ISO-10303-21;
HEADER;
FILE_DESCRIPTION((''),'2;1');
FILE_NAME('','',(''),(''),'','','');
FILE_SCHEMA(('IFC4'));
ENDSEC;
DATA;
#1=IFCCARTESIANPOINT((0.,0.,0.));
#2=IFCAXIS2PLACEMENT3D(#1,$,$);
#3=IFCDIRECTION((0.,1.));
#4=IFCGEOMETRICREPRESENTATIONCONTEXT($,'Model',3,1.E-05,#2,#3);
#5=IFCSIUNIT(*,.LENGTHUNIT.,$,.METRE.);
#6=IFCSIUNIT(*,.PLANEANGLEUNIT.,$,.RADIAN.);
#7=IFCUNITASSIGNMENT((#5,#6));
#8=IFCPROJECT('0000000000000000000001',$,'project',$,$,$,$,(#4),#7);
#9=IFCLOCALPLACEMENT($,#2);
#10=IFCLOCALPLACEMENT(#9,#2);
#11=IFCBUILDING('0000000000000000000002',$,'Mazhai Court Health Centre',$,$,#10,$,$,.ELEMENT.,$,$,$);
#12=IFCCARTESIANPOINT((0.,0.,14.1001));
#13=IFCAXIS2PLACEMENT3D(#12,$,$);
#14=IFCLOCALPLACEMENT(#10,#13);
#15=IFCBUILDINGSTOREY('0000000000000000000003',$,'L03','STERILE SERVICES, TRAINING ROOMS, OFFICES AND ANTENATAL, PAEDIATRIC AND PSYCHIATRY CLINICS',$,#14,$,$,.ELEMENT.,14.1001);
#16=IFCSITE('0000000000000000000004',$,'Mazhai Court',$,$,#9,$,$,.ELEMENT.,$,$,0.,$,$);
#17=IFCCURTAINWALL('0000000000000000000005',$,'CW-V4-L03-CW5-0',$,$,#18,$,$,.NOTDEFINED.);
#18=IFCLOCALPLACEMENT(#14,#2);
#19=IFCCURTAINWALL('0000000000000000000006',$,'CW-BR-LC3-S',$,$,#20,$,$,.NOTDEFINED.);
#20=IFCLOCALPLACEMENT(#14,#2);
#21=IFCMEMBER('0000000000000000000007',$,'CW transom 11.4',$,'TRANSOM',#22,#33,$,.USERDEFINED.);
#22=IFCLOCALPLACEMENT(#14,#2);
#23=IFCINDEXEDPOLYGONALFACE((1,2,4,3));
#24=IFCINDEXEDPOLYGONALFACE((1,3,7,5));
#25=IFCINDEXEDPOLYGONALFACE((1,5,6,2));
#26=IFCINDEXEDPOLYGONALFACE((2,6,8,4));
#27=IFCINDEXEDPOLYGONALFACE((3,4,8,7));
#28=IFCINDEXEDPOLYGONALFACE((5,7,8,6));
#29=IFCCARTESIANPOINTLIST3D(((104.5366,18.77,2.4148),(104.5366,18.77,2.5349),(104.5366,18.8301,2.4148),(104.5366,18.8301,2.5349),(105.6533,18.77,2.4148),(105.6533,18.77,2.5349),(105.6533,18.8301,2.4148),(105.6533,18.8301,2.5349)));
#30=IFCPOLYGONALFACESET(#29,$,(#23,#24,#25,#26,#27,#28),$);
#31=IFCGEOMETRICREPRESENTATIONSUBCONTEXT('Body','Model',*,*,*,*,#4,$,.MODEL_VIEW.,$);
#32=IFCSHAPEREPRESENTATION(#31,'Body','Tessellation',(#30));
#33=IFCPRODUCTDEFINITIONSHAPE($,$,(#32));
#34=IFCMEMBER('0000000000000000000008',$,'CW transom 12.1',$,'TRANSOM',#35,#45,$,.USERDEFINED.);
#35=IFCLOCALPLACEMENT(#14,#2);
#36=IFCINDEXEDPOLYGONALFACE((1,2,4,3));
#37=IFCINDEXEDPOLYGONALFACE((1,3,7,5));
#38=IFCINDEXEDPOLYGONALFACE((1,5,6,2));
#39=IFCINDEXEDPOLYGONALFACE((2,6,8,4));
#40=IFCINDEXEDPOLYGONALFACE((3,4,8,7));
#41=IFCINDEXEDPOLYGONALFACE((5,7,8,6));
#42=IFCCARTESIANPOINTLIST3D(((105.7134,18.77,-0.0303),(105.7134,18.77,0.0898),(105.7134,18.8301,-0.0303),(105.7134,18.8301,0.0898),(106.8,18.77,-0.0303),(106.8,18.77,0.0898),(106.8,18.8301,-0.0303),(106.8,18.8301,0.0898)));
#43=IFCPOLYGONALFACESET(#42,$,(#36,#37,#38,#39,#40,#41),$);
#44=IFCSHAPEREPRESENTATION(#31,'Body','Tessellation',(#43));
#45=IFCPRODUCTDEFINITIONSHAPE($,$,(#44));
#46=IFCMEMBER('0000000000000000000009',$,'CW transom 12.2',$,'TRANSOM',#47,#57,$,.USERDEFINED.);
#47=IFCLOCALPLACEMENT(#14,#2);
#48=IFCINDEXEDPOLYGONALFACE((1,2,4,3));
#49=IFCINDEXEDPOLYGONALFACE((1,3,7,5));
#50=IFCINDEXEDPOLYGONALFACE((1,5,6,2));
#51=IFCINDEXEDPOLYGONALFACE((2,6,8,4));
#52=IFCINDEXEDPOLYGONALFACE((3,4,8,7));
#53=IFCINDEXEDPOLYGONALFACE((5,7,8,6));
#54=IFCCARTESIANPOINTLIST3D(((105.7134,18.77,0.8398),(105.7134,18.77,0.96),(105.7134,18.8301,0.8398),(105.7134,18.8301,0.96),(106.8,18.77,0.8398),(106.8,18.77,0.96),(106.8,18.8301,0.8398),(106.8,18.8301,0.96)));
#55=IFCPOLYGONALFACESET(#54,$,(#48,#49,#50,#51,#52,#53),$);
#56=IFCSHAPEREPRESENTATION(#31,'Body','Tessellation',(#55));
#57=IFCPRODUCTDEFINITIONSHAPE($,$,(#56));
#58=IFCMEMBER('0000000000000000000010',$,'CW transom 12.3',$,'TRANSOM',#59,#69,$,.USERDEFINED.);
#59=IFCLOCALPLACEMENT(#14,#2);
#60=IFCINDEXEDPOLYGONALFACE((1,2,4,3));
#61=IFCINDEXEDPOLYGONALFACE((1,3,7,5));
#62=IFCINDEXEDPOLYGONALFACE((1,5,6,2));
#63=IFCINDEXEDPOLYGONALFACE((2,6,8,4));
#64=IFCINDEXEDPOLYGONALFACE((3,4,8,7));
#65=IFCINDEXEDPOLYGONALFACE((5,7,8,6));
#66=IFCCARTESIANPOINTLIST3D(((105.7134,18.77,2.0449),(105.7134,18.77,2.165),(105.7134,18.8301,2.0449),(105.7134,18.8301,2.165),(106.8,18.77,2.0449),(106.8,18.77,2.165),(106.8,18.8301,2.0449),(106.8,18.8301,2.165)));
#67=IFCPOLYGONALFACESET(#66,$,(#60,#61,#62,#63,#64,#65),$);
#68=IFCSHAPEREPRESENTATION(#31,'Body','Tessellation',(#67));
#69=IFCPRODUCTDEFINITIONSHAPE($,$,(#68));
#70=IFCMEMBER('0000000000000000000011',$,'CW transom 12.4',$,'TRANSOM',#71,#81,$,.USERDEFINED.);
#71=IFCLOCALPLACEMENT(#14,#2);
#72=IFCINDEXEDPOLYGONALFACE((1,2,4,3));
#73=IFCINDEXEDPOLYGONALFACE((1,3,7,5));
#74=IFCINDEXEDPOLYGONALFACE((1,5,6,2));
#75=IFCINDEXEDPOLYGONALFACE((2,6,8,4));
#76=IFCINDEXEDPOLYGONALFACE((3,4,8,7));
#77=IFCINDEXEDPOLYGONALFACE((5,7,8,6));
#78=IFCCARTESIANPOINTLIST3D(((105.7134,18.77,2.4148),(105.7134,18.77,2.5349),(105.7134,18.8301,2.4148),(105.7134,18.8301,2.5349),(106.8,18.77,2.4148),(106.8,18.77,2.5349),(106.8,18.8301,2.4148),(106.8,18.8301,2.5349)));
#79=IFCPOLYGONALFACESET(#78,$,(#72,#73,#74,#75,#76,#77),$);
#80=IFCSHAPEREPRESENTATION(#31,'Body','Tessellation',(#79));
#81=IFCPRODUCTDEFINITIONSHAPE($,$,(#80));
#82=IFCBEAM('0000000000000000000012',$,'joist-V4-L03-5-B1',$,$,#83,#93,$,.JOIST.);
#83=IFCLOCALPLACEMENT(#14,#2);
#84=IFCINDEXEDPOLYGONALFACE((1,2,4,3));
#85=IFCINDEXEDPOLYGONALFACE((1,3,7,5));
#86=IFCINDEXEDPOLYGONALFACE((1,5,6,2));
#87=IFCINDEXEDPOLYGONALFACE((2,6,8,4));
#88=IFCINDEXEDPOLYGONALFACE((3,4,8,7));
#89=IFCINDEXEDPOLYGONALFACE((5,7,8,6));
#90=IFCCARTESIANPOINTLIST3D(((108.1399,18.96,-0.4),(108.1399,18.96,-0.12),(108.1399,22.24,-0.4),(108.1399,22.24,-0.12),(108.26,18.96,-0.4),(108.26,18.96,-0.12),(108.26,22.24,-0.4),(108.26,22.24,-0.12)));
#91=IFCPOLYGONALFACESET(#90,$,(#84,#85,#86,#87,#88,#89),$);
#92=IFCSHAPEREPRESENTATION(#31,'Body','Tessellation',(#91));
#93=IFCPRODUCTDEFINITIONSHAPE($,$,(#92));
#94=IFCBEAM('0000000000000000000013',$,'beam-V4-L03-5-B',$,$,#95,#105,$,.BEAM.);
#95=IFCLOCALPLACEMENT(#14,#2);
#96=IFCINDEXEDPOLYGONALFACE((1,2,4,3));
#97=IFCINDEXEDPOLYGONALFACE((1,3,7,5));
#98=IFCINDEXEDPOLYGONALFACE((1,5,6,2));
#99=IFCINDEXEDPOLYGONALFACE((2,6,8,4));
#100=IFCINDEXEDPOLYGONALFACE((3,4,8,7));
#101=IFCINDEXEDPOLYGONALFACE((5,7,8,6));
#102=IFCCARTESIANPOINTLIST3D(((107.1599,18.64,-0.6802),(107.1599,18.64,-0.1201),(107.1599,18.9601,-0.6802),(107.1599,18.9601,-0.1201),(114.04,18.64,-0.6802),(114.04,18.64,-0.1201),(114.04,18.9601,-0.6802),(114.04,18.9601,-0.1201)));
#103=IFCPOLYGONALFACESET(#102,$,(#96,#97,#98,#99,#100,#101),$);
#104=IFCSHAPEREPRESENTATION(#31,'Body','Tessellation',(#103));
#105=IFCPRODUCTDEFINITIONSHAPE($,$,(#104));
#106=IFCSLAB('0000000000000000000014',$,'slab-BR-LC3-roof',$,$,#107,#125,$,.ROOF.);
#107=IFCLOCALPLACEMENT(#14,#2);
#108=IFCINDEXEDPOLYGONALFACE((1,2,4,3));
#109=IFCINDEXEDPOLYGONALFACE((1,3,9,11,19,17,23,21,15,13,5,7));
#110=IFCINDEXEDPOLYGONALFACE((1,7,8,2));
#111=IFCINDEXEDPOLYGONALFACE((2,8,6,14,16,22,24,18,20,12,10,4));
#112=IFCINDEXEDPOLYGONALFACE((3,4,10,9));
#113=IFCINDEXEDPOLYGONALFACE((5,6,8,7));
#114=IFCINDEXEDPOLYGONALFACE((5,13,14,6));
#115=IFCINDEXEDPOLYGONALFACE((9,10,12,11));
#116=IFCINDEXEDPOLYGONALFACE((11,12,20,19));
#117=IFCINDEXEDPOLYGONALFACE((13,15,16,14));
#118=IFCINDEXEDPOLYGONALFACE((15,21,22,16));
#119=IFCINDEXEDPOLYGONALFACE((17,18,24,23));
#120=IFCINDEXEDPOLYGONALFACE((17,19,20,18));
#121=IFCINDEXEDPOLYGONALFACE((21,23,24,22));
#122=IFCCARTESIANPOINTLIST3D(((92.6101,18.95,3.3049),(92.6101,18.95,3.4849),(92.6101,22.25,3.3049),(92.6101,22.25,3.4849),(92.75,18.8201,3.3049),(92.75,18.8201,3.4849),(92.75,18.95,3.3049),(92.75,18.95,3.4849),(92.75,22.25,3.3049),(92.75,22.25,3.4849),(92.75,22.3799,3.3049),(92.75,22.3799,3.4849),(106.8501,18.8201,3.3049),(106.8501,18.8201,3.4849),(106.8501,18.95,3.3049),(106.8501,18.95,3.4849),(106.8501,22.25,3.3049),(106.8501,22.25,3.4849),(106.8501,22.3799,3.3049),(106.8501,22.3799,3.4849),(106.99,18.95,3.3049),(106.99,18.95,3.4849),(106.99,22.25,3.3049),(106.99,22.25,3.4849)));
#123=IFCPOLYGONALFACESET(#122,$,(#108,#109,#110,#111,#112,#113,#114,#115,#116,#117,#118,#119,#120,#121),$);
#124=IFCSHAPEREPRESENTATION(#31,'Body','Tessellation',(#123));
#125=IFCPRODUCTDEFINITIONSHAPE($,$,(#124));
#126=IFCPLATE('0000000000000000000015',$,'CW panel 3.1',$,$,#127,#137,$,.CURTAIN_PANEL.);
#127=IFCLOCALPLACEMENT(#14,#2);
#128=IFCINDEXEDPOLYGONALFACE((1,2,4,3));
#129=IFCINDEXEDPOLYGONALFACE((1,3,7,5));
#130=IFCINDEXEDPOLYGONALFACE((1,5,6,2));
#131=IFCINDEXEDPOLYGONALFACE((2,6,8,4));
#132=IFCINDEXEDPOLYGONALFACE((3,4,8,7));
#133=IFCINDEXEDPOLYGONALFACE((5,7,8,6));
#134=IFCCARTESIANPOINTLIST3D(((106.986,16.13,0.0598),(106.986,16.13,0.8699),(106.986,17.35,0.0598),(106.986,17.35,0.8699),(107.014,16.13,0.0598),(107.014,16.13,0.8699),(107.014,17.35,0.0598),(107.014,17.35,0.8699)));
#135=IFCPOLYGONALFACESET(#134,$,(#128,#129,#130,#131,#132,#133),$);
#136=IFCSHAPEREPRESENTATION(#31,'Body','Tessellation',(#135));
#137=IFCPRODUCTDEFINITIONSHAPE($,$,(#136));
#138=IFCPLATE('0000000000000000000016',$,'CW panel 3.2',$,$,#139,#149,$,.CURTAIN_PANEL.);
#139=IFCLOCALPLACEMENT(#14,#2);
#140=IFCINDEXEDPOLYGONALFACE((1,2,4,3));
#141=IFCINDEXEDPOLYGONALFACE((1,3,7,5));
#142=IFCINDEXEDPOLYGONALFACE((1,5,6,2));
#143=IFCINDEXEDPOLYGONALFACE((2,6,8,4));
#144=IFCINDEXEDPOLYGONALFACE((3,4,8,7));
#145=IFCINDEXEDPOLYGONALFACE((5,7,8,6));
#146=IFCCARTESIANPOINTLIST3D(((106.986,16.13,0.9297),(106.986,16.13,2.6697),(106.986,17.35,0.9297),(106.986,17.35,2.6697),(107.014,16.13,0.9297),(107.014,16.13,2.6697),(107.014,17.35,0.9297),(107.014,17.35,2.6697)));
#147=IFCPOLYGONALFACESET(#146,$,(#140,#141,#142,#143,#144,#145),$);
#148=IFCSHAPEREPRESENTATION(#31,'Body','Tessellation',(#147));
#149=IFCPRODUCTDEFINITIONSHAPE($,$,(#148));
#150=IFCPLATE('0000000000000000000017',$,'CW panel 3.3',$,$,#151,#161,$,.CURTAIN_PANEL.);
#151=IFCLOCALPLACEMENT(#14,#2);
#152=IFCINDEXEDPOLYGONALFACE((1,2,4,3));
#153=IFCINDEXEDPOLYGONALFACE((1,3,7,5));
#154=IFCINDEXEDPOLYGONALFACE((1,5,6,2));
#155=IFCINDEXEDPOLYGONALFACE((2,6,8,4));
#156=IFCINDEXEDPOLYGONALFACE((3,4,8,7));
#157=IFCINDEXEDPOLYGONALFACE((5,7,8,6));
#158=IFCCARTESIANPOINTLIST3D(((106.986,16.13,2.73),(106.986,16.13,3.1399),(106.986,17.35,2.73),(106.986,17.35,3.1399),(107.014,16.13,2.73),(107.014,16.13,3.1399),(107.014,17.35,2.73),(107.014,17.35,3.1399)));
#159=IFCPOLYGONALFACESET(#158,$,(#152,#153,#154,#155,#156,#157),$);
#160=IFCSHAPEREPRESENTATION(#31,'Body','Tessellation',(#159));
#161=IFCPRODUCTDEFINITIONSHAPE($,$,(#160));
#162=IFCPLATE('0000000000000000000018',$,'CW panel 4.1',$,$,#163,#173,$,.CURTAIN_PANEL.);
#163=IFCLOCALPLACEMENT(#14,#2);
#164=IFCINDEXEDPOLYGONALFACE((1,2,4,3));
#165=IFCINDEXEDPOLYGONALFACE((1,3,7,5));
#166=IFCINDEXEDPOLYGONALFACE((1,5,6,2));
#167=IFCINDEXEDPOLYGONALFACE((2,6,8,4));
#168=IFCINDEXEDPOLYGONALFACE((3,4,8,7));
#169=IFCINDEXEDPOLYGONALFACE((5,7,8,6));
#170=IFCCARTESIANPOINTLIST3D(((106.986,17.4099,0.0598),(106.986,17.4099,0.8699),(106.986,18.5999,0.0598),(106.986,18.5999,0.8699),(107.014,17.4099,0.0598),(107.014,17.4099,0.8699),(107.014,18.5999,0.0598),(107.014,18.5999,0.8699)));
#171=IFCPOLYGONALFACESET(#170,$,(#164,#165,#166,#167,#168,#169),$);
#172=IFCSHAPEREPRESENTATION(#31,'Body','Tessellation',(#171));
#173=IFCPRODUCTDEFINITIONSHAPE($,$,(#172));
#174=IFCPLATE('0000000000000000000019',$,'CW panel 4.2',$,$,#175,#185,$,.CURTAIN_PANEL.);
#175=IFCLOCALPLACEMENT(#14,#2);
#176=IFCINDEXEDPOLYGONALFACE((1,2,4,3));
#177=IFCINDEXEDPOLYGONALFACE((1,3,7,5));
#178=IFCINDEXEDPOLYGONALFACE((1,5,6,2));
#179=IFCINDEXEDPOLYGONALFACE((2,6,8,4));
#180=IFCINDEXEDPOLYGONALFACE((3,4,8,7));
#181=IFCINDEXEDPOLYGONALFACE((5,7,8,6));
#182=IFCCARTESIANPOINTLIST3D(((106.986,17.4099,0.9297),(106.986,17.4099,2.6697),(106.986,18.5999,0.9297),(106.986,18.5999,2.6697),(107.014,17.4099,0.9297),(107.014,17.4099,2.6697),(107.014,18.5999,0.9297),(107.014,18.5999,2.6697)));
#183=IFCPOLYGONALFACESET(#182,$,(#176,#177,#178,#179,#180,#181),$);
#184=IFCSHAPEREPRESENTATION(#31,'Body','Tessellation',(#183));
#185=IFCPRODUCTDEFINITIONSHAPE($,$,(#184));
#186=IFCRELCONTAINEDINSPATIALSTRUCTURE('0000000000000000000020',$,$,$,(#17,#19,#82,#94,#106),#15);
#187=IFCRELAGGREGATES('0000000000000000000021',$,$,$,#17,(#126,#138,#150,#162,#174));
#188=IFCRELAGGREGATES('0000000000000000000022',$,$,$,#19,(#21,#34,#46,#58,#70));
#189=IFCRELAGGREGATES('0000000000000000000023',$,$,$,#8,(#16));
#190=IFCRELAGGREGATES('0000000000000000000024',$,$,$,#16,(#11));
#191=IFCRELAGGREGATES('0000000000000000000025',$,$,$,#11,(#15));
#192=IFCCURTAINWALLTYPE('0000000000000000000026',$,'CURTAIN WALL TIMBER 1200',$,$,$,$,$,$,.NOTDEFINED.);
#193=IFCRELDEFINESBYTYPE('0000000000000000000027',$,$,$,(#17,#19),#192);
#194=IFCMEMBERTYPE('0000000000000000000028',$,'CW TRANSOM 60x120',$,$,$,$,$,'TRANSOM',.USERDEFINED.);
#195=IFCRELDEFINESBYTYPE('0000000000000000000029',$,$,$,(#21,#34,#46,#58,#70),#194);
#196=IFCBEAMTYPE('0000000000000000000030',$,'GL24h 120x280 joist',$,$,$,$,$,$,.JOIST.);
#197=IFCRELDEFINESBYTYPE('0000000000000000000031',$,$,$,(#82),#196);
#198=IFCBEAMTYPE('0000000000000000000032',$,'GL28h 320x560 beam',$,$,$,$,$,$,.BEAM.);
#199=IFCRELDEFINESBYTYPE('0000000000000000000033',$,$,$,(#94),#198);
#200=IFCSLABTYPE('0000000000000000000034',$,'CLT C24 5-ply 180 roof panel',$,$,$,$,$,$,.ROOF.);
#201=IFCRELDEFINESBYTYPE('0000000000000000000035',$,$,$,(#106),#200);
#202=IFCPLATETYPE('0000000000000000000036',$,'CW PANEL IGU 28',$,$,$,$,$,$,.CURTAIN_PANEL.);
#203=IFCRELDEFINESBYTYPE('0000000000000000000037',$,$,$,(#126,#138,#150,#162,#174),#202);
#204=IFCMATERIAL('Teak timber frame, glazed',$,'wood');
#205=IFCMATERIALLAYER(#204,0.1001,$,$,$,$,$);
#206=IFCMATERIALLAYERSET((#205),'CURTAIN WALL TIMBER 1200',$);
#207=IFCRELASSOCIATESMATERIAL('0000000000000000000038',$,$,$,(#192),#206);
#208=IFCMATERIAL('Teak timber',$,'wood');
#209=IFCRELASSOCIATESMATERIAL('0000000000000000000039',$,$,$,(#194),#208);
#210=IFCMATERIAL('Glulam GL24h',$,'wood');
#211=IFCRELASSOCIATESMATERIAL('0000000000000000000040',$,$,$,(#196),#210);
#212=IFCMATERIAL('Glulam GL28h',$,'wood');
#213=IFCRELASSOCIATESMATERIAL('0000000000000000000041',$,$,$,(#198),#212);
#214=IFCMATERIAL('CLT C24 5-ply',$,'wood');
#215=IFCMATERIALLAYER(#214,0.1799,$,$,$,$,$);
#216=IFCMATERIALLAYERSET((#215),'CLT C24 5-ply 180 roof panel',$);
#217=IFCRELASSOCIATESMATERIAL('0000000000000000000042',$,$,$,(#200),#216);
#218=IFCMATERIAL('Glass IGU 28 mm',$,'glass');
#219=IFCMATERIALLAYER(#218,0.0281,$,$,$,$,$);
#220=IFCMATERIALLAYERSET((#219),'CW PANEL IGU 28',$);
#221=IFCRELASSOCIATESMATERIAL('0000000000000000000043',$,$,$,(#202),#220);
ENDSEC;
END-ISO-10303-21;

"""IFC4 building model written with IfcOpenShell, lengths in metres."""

from ifc_helpers import new_model, si_unit, direction, frame, origin, origin_2d, place, context, subcontext, project, spatial, polyline, rectangle, outline, extrude, material, layer, layer_set, material_profile, profile_set, type_object, element, aggregate, save


model = new_model("IFC4")

# Units and contexts
model_context = context("Model", 3, precision=1e-05, world=origin(), true_north=direction((0.0, 1.0)))
body_context = subcontext(model_context, "Body", "Model", "MODEL_VIEW")
ifc_project = project(units=[si_unit("LENGTHUNIT", "METRE"), si_unit("PLANEANGLEUNIT", "RADIAN")], contexts=[model_context])

# Site, building, storey
site_placement = place(None, origin())
site = spatial("IfcSite", under=ifc_project, at=site_placement, Name="Mazhai Court", CompositionType="ELEMENT", RefElevation=0.0)
building_placement = place(site_placement, origin())
building = spatial("IfcBuilding", under=site, at=building_placement, Name="Mazhai Court Health Centre", CompositionType="ELEMENT")
storey_placement = place(building_placement, frame((0.0, 0.0, 14.1001)))
storey = spatial("IfcBuildingStorey", under=building, at=storey_placement, Name="L03", Description="STERILE SERVICES, TRAINING ROOMS, OFFICES AND ANTENATAL, PAEDIATRIC AND PSYCHIATRY CLINICS", CompositionType="ELEMENT", Elevation=14.1001)

# Curtain walls
ifc_material_1 = material(Name="Teak timber frame, glazed", Category="wood")
ifc_layer_1 = layer(ifc_material_1, 0.1001)
ifc_layer_set_1 = layer_set([ifc_layer_1], Name="CURTAIN WALL TIMBER 1200")
curtain_wall_type = type_object("IfcCurtainWallType", Name="CURTAIN WALL TIMBER 1200", PredefinedType="NOTDEFINED", material=ifc_layer_set_1)
curtain_wall_1_placement = place(storey_placement, origin())
curtain_wall_1 = element("IfcCurtainWall", 1, at=curtain_wall_1_placement, inside=storey, type_object=curtain_wall_type, Name="CW-V4-L03-CW5-0", PredefinedType="NOTDEFINED")
curtain_wall_2_placement = place(storey_placement, origin())
curtain_wall_2 = element("IfcCurtainWall", 2, at=curtain_wall_2_placement, inside=storey, type_object=curtain_wall_type, Name="CW-BR-LC3-S", PredefinedType="NOTDEFINED")

# Members
ifc_material_2 = material(Name="Teak timber", Category="wood")
ifc_material_profile_1 = material_profile(ifc_material_2, rectangle(XDim=0.0601, YDim=0.1201, at=origin_2d()), Name="CW TRANSOM 60x120")
ifc_profile_set_1 = profile_set([ifc_material_profile_1], Name="Teak timber")
member_type_1 = type_object("IfcMemberType", Name="CW TRANSOM 60x120", ElementType="TRANSOM", PredefinedType="USERDEFINED", material=ifc_profile_set_1)
member_1_placement = place(storey_placement, frame((104.5366, 18.8, 2.4749), z_axis=(1.0, 0.0, 0.0), x_axis=(0.0, 1.0, 0.0)))
member_1 = element("IfcMember", 3, at=member_1_placement, type_object=member_type_1, Name="CW transom 11.4", ObjectType="TRANSOM", PredefinedType="USERDEFINED", context=body_context, shape_type="SweptSolid", body=[
    extrude(rectangle(XDim=0.0601, YDim=0.1201, at=origin_2d()), origin(), (0.0, 0.0, 1.0), 1.1167),
])
member_2_placement = place(storey_placement, frame((105.7134, 18.8, 0.0298), z_axis=(1.0, 0.0, 0.0), x_axis=(0.0, 1.0, 0.0)))
member_2 = element("IfcMember", 4, at=member_2_placement, type_object=member_type_1, Name="CW transom 12.1", ObjectType="TRANSOM", PredefinedType="USERDEFINED", context=body_context, shape_type="SweptSolid", body=[
    extrude(rectangle(XDim=0.0601, YDim=0.1201, at=origin_2d()), origin(), (0.0, 0.0, 1.0), 1.0867),
])
member_3_placement = place(storey_placement, frame((105.7134, 18.8, 0.8999), z_axis=(1.0, 0.0, 0.0), x_axis=(0.0, 1.0, 0.0)))
member_3 = element("IfcMember", 5, at=member_3_placement, type_object=member_type_1, Name="CW transom 12.2", ObjectType="TRANSOM", PredefinedType="USERDEFINED", context=body_context, shape_type="SweptSolid", body=[
    extrude(rectangle(XDim=0.0601, YDim=0.1201, at=origin_2d()), origin(), (0.0, 0.0, 1.0), 1.0867),
])
member_4_placement = place(storey_placement, frame((105.7134, 18.8, 2.105), z_axis=(1.0, 0.0, 0.0), x_axis=(0.0, 1.0, 0.0)))
member_4 = element("IfcMember", 6, at=member_4_placement, type_object=member_type_1, Name="CW transom 12.3", ObjectType="TRANSOM", PredefinedType="USERDEFINED", context=body_context, shape_type="SweptSolid", body=[
    extrude(rectangle(XDim=0.0601, YDim=0.1201, at=origin_2d()), origin(), (0.0, 0.0, 1.0), 1.0867),
])
member_5_placement = place(storey_placement, frame((105.7134, 18.8, 2.4749), z_axis=(1.0, 0.0, 0.0), x_axis=(0.0, 1.0, 0.0)))
member_5 = element("IfcMember", 7, at=member_5_placement, type_object=member_type_1, Name="CW transom 12.4", ObjectType="TRANSOM", PredefinedType="USERDEFINED", context=body_context, shape_type="SweptSolid", body=[
    extrude(rectangle(XDim=0.0601, YDim=0.1201, at=origin_2d()), origin(), (0.0, 0.0, 1.0), 1.0867),
])

# Beams
ifc_material_3 = material(Name="Glulam GL24h", Category="wood")
ifc_material_profile_2 = material_profile(ifc_material_3, rectangle(XDim=0.1201, YDim=0.28, at=origin_2d()), Name="GL24h 120x280")
ifc_profile_set_2 = profile_set([ifc_material_profile_2], Name="Glulam GL24h")
beam_type_1 = type_object("IfcBeamType", Name="GL24h 120x280 joist", PredefinedType="JOIST", material=ifc_profile_set_2)
beam_1_placement = place(storey_placement, frame((108.2, 18.96, -0.26), z_axis=(0.0, 1.0, 0.0), x_axis=(-1.0, 0.0, 0.0)))
element("IfcBeam", 8, at=beam_1_placement, inside=storey, type_object=beam_type_1, Name="joist-V4-L03-5-B1", PredefinedType="JOIST", context=body_context, shape_type="SweptSolid", body=[
    extrude(rectangle(XDim=0.1201, YDim=0.28, at=origin_2d()), origin(), (0.0, 0.0, 1.0), 3.28),
])
ifc_material_4 = material(Name="Glulam GL28h", Category="wood")
ifc_material_profile_3 = material_profile(ifc_material_4, rectangle(XDim=0.3201, YDim=0.5601, at=origin_2d()), Name="GL28h 320x560")
ifc_profile_set_3 = profile_set([ifc_material_profile_3], Name="Glulam GL28h")
beam_type_2 = type_object("IfcBeamType", Name="GL28h 320x560 beam", PredefinedType="BEAM", material=ifc_profile_set_3)
beam_2_placement = place(storey_placement, frame((107.1599, 18.8, -0.4001), z_axis=(1.0, 0.0, 0.0), x_axis=(0.0, 1.0, 0.0)))
element("IfcBeam", 9, at=beam_2_placement, inside=storey, type_object=beam_type_2, Name="beam-V4-L03-5-B", PredefinedType="BEAM", context=body_context, shape_type="SweptSolid", body=[
    extrude(rectangle(XDim=0.3201, YDim=0.5601, at=origin_2d()), origin(), (0.0, 0.0, 1.0), 6.8801),
])

# Slab
ifc_material_5 = material(Name="CLT C24 5-ply", Category="wood")
ifc_layer_2 = layer(ifc_material_5, 0.1799)
ifc_layer_set_2 = layer_set([ifc_layer_2], Name="CLT C24 5-ply 180 roof panel")
slab_type = type_object("IfcSlabType", Name="CLT C24 5-ply 180 roof panel", PredefinedType="ROOF", material=ifc_layer_set_2)
slab_placement = place(storey_placement, frame((106.99, 18.95, 3.4849), z_axis=(0.0, 0.0, 1.0), x_axis=(0.0, 1.0, 0.0)))
element("IfcSlab", 10, at=slab_placement, inside=storey, type_object=slab_type, Name="slab-BR-LC3-roof", PredefinedType="ROOF", context=body_context, shape_type="SweptSolid", body=[
    extrude(outline(polyline([(0.0, 0.0), (3.3, 0.0), (3.3, 0.1399), (3.4299, 0.1399), (3.4299, 14.24), (3.3, 14.24), (3.3, 14.3799), (0.0, 14.3799), (0.0, 14.24), (-0.1299, 14.24), (-0.1299, 0.1399), (0.0, 0.1399), (0.0, 0.0)])), origin(), (0.0, 0.0, -1.0), 0.1799),
])

# Plates
ifc_material_6 = material(Name="Glass IGU 28 mm", Category="glass")
ifc_layer_3 = layer(ifc_material_6, 0.0281)
ifc_layer_set_3 = layer_set([ifc_layer_3], Name="CW PANEL IGU 28")
plate_type = type_object("IfcPlateType", Name="CW PANEL IGU 28", PredefinedType="CURTAIN_PANEL", material=ifc_layer_set_3)
plate_1_placement = place(storey_placement, frame((107.0, 16.74, 0.0598), z_axis=(0.0, 0.0, 1.0), x_axis=(0.0, 1.0, 0.0)))
plate_1 = element("IfcPlate", 11, at=plate_1_placement, type_object=plate_type, Name="CW panel 3.1", PredefinedType="CURTAIN_PANEL", context=body_context, shape_type="SweptSolid", body=[
    extrude(rectangle(XDim=1.22, YDim=0.0281, at=origin_2d()), origin(), (0.0, 0.0, 1.0), 0.8101),
])
plate_2_placement = place(storey_placement, frame((107.0, 16.74, 0.9297), z_axis=(0.0, 0.0, 1.0), x_axis=(0.0, 1.0, 0.0)))
plate_2 = element("IfcPlate", 12, at=plate_2_placement, type_object=plate_type, Name="CW panel 3.2", PredefinedType="CURTAIN_PANEL", context=body_context, shape_type="SweptSolid", body=[
    extrude(rectangle(XDim=1.22, YDim=0.0281, at=origin_2d()), origin(), (0.0, 0.0, 1.0), 1.74),
])
plate_3_placement = place(storey_placement, frame((107.0, 16.74, 2.73), z_axis=(0.0, 0.0, 1.0), x_axis=(0.0, 1.0, 0.0)))
plate_3 = element("IfcPlate", 13, at=plate_3_placement, type_object=plate_type, Name="CW panel 3.3", PredefinedType="CURTAIN_PANEL", context=body_context, shape_type="SweptSolid", body=[
    extrude(rectangle(XDim=1.22, YDim=0.0281, at=origin_2d()), origin(), (0.0, 0.0, 1.0), 0.4099),
])
plate_4_placement = place(storey_placement, frame((107.0, 18.0049, 0.0598), z_axis=(0.0, 0.0, 1.0), x_axis=(0.0, 1.0, 0.0)))
plate_4 = element("IfcPlate", 14, at=plate_4_placement, type_object=plate_type, Name="CW panel 4.1", PredefinedType="CURTAIN_PANEL", context=body_context, shape_type="SweptSolid", body=[
    extrude(rectangle(XDim=1.1899, YDim=0.0281, at=origin_2d()), origin(), (0.0, 0.0, 1.0), 0.8101),
])
plate_5_placement = place(storey_placement, frame((107.0, 18.0049, 0.9297), z_axis=(0.0, 0.0, 1.0), x_axis=(0.0, 1.0, 0.0)))
plate_5 = element("IfcPlate", 15, at=plate_5_placement, type_object=plate_type, Name="CW panel 4.2", PredefinedType="CURTAIN_PANEL", context=body_context, shape_type="SweptSolid", body=[
    extrude(rectangle(XDim=1.1899, YDim=0.0281, at=origin_2d()), origin(), (0.0, 0.0, 1.0), 1.74),
])
aggregate(curtain_wall_1, [plate_1, plate_2, plate_3, plate_4, plate_5])
aggregate(curtain_wall_2, [member_1, member_2, member_3, member_4, member_5])

save(model, "model.ifc")
